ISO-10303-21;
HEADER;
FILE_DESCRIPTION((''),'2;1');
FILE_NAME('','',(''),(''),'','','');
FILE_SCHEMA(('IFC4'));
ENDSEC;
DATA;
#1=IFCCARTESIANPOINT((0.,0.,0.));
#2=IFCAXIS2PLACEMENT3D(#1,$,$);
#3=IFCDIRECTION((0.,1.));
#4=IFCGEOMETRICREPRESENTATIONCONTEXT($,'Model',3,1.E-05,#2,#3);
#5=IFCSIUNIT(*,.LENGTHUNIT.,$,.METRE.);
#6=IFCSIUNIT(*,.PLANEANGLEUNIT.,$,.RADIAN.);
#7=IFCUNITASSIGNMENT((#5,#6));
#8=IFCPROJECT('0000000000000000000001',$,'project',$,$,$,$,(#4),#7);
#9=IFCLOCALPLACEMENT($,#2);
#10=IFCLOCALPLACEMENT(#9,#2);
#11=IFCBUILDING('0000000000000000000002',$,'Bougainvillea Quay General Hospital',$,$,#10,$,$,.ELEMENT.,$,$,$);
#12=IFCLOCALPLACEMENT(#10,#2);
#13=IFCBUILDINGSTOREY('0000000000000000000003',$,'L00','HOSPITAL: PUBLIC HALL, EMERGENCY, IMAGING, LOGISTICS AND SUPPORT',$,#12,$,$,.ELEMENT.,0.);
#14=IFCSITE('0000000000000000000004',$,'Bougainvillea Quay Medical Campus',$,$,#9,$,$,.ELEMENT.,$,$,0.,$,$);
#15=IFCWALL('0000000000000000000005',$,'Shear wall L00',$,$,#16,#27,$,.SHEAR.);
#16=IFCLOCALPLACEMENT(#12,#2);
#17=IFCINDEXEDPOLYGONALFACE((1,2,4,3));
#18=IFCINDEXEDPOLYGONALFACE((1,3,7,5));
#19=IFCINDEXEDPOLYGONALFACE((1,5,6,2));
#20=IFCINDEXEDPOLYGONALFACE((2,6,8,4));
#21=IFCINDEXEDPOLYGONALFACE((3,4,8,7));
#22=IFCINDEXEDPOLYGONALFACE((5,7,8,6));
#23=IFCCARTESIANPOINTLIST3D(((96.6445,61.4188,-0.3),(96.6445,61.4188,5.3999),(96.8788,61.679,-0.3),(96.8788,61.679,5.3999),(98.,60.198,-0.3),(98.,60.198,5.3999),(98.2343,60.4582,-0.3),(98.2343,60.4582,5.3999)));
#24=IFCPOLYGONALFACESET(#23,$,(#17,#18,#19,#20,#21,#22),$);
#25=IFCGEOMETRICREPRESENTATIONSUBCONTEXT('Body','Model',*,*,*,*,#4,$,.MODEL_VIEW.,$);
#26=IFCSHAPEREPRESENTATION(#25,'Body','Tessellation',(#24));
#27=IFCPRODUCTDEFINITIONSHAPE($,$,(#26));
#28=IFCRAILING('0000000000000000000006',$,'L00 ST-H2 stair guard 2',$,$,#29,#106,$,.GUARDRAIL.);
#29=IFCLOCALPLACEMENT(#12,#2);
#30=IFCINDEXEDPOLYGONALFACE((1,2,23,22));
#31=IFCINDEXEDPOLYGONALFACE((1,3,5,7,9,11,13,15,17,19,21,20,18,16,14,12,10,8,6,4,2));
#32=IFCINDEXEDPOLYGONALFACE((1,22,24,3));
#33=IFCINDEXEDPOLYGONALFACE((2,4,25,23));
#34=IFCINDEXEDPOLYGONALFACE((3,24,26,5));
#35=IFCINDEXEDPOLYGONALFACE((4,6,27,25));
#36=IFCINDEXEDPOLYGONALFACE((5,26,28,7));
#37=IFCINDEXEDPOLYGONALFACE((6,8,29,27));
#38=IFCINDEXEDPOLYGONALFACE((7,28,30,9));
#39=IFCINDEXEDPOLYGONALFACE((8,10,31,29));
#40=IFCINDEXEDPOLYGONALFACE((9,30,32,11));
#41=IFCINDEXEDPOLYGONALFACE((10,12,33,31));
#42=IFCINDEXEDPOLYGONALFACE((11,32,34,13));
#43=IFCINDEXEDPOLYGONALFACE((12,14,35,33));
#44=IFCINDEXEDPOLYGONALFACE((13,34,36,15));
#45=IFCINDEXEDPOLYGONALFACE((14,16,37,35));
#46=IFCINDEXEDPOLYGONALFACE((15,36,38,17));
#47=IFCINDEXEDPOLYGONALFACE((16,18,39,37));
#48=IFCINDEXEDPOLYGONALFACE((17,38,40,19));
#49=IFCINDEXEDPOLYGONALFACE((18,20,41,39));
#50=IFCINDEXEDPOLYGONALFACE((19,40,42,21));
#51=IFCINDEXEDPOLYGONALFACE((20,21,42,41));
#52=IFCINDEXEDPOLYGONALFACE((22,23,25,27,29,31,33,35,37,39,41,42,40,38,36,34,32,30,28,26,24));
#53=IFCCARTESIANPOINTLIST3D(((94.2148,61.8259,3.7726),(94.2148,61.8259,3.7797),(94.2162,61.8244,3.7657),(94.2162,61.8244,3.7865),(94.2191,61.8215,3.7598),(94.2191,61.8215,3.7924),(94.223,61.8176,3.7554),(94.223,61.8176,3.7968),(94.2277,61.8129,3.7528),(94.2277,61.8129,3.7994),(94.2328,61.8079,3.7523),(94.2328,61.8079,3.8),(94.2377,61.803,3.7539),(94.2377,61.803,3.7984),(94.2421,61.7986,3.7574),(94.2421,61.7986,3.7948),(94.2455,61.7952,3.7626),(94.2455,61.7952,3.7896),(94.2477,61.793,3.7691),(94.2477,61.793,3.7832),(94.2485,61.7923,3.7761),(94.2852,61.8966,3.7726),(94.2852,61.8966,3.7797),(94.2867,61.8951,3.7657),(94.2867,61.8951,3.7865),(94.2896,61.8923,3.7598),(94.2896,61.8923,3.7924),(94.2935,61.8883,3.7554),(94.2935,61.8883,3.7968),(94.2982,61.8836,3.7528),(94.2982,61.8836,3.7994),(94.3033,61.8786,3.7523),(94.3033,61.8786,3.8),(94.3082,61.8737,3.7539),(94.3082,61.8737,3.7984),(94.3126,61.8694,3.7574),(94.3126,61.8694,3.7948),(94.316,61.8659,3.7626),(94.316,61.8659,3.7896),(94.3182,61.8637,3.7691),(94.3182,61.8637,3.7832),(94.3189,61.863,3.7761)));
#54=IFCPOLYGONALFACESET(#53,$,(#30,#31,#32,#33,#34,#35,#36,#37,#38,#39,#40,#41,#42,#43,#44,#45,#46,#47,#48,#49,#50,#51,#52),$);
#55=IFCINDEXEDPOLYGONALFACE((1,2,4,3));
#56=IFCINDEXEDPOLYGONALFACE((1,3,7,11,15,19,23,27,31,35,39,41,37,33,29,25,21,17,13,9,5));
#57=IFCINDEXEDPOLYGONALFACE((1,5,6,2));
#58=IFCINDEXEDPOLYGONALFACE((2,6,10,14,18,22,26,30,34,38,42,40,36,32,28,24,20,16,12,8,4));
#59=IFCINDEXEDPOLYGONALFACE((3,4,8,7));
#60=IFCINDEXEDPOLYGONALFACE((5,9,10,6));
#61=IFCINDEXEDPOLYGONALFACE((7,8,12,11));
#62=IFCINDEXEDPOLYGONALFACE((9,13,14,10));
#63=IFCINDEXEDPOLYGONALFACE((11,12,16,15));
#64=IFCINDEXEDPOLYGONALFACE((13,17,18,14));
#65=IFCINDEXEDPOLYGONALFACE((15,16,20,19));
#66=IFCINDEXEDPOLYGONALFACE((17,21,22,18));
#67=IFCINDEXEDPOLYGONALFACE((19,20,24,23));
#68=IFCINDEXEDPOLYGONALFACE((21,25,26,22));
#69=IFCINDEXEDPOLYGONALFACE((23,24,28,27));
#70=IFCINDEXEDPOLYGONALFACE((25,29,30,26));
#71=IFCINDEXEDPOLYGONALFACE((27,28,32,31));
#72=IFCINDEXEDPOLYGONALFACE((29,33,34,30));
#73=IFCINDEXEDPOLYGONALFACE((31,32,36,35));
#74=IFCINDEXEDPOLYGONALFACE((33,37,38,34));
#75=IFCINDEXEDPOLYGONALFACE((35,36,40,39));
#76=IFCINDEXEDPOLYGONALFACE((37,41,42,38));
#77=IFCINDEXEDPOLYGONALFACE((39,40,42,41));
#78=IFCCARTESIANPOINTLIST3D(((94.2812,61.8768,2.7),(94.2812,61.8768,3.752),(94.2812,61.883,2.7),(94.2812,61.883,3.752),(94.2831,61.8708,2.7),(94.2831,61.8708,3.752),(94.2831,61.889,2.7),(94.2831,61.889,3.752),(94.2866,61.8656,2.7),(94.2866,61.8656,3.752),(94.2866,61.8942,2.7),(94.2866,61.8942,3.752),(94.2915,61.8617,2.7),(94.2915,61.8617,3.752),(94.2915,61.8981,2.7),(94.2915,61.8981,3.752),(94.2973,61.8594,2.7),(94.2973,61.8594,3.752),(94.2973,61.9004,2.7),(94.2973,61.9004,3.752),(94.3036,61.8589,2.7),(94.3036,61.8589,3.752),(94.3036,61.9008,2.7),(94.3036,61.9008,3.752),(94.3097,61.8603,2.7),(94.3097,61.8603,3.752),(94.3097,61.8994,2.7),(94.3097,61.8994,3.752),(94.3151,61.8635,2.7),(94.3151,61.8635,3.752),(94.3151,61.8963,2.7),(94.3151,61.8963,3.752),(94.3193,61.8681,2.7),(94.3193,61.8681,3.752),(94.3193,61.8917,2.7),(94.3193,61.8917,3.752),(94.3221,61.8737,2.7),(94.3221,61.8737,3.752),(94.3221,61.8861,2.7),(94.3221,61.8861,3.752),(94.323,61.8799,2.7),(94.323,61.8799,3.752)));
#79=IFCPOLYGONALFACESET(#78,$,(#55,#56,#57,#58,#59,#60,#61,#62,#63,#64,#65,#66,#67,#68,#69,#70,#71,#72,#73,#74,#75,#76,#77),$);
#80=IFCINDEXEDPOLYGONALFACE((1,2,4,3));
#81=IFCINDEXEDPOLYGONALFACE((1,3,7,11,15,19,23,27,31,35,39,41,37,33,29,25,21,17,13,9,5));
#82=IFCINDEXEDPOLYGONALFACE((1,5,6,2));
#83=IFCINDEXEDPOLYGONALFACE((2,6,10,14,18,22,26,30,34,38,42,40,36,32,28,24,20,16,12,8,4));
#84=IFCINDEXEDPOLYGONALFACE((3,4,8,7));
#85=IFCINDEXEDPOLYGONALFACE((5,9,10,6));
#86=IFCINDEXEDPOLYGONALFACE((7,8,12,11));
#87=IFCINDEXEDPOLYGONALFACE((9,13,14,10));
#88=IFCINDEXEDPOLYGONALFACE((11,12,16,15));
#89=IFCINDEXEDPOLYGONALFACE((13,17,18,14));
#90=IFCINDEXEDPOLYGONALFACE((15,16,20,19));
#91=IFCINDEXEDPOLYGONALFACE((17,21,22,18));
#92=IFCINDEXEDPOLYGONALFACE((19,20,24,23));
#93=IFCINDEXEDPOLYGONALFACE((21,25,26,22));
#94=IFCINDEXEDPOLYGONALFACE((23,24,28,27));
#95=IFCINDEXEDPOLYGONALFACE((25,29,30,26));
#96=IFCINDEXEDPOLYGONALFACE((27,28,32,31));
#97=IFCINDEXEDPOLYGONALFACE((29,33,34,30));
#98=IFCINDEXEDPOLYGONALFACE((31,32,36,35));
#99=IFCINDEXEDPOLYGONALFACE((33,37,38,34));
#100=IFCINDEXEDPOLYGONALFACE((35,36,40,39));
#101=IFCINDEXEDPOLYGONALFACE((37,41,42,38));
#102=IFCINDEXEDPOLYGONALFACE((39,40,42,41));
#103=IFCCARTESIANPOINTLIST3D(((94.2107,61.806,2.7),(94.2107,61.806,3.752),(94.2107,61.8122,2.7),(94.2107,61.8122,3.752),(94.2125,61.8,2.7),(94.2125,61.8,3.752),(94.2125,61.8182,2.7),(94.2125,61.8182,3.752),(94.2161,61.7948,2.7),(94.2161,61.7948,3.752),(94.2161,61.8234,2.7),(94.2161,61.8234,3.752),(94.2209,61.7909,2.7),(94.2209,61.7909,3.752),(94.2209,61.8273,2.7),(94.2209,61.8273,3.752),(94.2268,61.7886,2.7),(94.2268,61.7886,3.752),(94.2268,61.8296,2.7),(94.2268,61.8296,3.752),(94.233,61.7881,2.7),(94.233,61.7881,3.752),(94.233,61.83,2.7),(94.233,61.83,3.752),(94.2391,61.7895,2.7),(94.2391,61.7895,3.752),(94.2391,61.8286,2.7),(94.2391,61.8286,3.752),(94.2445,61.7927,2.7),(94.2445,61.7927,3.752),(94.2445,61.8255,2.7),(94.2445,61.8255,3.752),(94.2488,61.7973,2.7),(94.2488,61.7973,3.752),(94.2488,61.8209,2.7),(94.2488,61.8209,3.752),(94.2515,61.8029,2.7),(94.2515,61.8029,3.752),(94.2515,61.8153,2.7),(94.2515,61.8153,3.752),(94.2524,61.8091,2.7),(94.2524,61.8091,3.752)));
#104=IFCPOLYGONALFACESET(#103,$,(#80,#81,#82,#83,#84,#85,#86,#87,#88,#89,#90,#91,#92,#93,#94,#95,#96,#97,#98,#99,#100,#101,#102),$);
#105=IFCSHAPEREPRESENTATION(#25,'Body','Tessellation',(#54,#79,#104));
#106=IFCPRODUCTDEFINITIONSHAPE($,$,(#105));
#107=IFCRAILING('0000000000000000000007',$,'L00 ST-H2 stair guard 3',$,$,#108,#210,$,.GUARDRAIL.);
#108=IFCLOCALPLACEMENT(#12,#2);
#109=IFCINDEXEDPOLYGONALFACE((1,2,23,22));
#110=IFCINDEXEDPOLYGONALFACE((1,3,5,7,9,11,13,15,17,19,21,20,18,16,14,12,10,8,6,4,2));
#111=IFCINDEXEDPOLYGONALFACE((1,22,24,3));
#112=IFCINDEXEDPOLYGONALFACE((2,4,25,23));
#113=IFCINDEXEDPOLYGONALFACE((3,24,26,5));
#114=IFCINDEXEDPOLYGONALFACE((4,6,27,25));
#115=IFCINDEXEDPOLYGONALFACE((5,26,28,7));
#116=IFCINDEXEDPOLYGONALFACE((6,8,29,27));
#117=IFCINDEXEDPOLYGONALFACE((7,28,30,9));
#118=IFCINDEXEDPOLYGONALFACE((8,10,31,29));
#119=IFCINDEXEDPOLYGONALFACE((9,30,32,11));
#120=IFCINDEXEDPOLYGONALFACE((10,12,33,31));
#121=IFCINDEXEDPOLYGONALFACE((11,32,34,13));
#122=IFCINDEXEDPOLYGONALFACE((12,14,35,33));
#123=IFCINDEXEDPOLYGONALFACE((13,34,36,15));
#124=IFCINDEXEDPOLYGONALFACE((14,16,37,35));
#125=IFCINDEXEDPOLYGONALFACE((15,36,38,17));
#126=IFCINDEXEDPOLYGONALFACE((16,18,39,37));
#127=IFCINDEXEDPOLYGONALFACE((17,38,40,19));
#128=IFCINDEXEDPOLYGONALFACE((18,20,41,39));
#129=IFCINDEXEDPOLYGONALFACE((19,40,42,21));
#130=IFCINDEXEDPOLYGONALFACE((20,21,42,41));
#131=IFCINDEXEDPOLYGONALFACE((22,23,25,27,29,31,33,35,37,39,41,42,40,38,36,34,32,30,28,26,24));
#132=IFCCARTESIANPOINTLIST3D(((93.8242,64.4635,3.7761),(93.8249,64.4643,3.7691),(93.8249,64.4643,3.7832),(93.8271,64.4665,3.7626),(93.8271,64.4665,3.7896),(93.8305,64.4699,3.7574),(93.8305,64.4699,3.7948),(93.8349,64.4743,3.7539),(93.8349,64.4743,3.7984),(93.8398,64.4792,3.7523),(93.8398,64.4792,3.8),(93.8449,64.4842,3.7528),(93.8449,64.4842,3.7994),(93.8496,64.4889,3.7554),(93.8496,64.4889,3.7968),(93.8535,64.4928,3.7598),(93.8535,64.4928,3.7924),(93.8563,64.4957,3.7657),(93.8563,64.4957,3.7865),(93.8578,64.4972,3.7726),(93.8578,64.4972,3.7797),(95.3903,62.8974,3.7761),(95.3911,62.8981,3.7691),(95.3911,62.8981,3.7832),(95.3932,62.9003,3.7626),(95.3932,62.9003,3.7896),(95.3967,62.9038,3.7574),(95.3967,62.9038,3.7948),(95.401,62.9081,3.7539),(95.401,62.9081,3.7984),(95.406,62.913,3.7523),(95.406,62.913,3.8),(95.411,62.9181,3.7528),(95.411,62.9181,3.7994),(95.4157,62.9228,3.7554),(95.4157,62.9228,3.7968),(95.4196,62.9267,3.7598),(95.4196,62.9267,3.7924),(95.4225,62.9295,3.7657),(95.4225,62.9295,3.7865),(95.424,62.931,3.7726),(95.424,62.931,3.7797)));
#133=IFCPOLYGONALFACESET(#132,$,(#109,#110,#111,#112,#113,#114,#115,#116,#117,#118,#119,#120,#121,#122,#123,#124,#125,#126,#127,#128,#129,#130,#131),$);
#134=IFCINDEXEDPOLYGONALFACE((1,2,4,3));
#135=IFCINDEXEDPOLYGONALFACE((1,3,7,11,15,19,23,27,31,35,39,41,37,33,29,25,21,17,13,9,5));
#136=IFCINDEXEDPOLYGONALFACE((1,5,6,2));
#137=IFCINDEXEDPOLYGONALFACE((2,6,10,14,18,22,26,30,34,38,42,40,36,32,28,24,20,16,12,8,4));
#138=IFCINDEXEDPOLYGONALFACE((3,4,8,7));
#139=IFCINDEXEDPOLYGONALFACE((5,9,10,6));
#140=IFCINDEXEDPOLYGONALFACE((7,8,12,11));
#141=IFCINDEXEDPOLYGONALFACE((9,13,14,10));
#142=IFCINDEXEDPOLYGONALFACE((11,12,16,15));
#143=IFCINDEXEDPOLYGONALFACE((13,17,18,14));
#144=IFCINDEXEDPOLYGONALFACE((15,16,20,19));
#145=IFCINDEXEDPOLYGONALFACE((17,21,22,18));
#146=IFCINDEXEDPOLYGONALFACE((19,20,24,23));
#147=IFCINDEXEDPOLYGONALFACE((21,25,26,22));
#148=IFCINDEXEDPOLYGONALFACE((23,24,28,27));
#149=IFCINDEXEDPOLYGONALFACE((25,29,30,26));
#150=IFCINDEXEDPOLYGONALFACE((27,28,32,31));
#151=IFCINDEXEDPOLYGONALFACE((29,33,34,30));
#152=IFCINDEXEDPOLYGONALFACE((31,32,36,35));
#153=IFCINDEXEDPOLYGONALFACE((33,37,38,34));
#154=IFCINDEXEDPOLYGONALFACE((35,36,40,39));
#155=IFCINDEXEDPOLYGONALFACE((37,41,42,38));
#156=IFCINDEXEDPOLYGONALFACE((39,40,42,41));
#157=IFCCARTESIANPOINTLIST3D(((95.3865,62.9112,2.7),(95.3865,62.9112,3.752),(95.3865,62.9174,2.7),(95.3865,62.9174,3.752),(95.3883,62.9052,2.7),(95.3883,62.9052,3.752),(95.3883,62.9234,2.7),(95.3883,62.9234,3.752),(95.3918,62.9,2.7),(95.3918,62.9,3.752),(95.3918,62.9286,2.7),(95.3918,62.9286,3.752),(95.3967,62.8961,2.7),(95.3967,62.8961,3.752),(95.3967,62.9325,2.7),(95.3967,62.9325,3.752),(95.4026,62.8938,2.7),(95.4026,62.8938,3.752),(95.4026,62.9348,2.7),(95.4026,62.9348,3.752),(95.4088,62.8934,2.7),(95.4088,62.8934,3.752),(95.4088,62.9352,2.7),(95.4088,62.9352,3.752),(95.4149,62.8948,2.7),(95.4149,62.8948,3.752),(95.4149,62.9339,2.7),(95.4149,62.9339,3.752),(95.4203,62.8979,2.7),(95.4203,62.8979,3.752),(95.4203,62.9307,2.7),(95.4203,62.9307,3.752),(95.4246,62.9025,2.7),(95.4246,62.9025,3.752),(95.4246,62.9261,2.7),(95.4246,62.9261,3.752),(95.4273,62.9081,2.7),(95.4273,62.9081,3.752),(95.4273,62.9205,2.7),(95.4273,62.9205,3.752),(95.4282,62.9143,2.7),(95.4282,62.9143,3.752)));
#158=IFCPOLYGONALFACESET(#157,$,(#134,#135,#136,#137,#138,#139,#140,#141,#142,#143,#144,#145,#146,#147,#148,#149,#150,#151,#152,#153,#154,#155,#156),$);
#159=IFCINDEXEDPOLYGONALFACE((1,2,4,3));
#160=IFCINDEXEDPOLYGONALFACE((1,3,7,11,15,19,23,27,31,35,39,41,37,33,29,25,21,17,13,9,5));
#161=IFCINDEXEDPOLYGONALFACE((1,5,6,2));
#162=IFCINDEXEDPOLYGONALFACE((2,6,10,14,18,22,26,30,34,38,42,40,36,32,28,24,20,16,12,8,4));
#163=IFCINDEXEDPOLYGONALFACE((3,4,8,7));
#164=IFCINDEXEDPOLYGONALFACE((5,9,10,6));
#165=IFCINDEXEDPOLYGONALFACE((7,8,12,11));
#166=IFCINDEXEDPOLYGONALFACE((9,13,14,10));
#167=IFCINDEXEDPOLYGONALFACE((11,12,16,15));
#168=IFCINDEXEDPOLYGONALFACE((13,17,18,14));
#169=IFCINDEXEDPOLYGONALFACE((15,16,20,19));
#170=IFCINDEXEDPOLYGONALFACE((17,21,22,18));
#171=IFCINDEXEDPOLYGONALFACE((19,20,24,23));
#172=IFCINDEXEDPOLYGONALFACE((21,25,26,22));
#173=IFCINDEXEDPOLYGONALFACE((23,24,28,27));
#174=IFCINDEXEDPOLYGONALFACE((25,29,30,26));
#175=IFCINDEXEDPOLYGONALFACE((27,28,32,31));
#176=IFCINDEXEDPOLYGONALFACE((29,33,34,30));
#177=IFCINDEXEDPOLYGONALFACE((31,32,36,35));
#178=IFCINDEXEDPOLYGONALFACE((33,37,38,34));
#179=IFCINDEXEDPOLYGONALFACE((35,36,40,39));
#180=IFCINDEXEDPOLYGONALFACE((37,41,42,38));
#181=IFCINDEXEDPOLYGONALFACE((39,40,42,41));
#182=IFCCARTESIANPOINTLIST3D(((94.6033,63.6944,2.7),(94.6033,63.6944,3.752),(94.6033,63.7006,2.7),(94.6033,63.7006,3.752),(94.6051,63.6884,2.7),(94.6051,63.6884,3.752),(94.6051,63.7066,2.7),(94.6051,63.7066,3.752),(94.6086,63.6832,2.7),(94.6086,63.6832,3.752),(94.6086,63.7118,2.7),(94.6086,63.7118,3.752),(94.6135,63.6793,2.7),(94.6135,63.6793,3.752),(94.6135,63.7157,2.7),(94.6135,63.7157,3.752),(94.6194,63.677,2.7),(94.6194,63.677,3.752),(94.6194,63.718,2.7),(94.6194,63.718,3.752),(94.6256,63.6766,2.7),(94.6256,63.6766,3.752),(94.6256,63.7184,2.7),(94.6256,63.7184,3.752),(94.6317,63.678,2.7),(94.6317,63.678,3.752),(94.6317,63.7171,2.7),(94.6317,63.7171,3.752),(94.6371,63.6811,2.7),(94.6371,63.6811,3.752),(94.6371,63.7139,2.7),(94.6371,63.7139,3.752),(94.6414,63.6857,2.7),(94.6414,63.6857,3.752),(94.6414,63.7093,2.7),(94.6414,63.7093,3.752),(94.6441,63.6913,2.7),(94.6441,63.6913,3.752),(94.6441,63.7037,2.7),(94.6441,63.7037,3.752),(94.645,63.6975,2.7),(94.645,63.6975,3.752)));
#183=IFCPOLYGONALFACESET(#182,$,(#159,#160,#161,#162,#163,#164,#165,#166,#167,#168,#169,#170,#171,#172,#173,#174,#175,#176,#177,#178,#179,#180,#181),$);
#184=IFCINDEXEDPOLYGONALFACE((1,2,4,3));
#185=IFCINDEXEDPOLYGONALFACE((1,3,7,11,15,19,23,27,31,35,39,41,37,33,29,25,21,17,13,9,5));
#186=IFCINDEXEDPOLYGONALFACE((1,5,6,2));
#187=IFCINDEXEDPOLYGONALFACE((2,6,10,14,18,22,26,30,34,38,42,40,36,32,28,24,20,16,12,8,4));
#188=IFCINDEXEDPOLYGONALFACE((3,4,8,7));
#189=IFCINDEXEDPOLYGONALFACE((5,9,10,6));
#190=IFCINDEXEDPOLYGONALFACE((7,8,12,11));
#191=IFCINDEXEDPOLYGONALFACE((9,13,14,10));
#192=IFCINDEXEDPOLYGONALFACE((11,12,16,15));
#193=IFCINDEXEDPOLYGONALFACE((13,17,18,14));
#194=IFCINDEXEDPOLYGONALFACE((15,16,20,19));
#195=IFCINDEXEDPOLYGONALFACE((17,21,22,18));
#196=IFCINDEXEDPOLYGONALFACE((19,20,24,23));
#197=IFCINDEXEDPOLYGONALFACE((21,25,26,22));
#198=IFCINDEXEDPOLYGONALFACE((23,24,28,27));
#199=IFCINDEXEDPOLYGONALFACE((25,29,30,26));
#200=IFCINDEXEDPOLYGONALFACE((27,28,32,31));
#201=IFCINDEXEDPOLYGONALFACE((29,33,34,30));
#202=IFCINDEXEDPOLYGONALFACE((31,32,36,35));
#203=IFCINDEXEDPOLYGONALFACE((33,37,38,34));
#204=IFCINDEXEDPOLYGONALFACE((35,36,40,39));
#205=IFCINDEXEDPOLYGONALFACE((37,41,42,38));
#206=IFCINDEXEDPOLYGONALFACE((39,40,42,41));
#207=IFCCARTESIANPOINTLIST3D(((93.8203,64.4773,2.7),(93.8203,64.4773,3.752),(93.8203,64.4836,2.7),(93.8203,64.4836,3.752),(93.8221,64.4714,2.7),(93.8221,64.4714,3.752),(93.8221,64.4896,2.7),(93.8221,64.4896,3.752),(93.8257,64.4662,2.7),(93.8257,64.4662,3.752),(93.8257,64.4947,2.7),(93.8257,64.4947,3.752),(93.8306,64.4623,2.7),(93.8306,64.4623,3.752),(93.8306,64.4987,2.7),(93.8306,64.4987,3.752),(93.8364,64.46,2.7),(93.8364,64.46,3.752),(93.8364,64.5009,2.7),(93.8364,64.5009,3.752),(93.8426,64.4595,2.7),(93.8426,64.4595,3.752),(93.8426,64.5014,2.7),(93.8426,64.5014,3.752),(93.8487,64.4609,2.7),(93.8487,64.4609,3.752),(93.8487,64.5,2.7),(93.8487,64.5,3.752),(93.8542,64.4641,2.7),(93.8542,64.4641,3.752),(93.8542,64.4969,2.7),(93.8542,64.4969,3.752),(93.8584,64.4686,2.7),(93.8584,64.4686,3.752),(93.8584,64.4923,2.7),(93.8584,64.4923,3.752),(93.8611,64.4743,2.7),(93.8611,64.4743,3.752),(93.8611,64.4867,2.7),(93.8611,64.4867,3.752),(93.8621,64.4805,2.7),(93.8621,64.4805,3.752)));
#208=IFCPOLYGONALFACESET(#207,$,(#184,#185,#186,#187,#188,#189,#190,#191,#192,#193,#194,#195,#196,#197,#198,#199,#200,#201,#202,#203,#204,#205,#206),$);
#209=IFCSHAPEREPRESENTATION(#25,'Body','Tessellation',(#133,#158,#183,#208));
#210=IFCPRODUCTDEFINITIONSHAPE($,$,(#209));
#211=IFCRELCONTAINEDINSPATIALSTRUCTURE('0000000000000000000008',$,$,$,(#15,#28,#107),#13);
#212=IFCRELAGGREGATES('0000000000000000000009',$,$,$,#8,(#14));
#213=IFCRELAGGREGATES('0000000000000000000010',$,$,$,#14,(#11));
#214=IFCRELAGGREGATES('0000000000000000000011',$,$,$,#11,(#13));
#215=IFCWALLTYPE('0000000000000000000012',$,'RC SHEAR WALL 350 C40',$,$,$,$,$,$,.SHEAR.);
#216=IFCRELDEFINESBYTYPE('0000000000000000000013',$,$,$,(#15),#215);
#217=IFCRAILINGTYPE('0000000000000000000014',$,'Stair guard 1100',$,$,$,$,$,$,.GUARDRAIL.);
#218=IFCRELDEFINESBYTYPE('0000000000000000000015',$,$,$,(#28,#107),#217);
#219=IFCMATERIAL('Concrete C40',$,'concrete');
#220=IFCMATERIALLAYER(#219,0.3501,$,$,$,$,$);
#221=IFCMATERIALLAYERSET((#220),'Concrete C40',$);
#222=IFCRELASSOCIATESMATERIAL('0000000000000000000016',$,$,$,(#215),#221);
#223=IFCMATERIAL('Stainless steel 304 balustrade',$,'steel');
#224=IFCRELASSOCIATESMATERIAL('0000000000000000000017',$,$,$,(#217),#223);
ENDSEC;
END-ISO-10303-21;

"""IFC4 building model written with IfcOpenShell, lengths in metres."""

from ifc_helpers import new_model, si_unit, direction, frame, frame_2d, origin, origin_2d, place, context, subcontext, project, spatial, rectangle, circle, extrude, material, layer, layer_set, type_object, element, save


model = new_model("IFC4")

# Units and contexts
model_context = context("Model", 3, precision=1e-05, world=origin(), true_north=direction((0.0, 1.0)))
body_context = subcontext(model_context, "Body", "Model", "MODEL_VIEW")
ifc_project = project(units=[si_unit("LENGTHUNIT", "METRE"), si_unit("PLANEANGLEUNIT", "RADIAN")], contexts=[model_context])

# Site, building, storey
site_placement = place(None, origin())
site = spatial("IfcSite", under=ifc_project, at=site_placement, Name="Bougainvillea Quay Medical Campus", CompositionType="ELEMENT", RefElevation=0.0)
building_placement = place(site_placement, origin())
building = spatial("IfcBuilding", under=site, at=building_placement, Name="Bougainvillea Quay General Hospital", CompositionType="ELEMENT")
storey_placement = place(building_placement, origin())
storey = spatial("IfcBuildingStorey", under=building, at=storey_placement, Name="L00", Description="HOSPITAL: PUBLIC HALL, EMERGENCY, IMAGING, LOGISTICS AND SUPPORT", CompositionType="ELEMENT", Elevation=0.0)

# Shared definitions
ifc_material_1 = material(Name="Concrete C40", Category="concrete")

# Wall
ifc_layer_1 = layer(ifc_material_1, 0.3501)
ifc_layer_set_1 = layer_set([ifc_layer_1], Name="Concrete C40")
wall_type_1 = type_object("IfcWallType", Name="RC SHEAR WALL 350 C40", PredefinedType="SHEAR", material=ifc_layer_set_1)
for number, where, z_axis, x_axis, name in (
    (1, (98.1172, 60.3281, -0.3), (0.0, 0.0, 1.0), (-0.743081, 0.669201, 0.0), "Shear wall L00"),
):
    element("IfcWall", number, at=place(storey_placement, frame(where, z_axis=z_axis, x_axis=x_axis)), inside=storey, type_object=wall_type_1, Name=name, PredefinedType="SHEAR", context=body_context, shape_type="SweptSolid", body=[
        extrude(rectangle(XDim=1.8242, YDim=0.3501, at=frame_2d((0.9121, 0.0))), origin(), (0.0, 0.0, 1.0), 5.7),
    ])

# Railings
ifc_material_2 = material(Name="Stainless steel 304 balustrade", Category="steel")
railing_type_1 = type_object("IfcRailingType", Name="Stair guard 1100", PredefinedType="GUARDRAIL", material=ifc_material_2)
railing_1_placement = place(storey_placement, frame((94.302, 61.8799, 2.7)))
element("IfcRailing", 2, at=railing_1_placement, inside=storey, type_object=railing_type_1, Name="L00 ST-H2 stair guard 2", PredefinedType="GUARDRAIL", context=body_context, shape_type="SweptSolid", body=[
    extrude(circle(Radius=0.0239, at=origin_2d()), frame((0.0, 0.0, 1.0762), z_axis=(-0.705884, -0.708327, 0.0), x_axis=(0.708327, -0.705884, 0.0)), (0.0, 0.0, 1.0), 0.0999),
    extrude(circle(Radius=0.021, at=origin_2d()), origin(), (0.0, 0.0, 1.0), 1.052),
    extrude(circle(Radius=0.021, at=origin_2d()), frame((-0.0706, -0.0708, 0.0)), (0.0, 0.0, 1.0), 1.052),
])
railing_2_placement = place(storey_placement, frame((95.4072, 62.9143, 2.7)))
element("IfcRailing", 3, at=railing_2_placement, inside=storey, type_object=railing_type_1, Name="L00 ST-H2 stair guard 3", PredefinedType="GUARDRAIL", context=body_context, shape_type="SweptSolid", body=[
    extrude(circle(Radius=0.0239, at=origin_2d()), frame((0.0, 0.0, 1.0762), z_axis=(-0.707107, 0.707107, 0.0), x_axis=(-0.707107, -0.707107, 0.0)), (0.0, 0.0, 1.0), 2.2148),
    extrude(circle(Radius=0.021, at=origin_2d()), origin(), (0.0, 0.0, 1.0), 1.052),
    extrude(circle(Radius=0.021, at=origin_2d()), frame((-0.7832, 0.7832, 0.0)), (0.0, 0.0, 1.0), 1.052),
    extrude(circle(Radius=0.021, at=origin_2d()), frame((-1.5662, 1.5662, 0.0)), (0.0, 0.0, 1.0), 1.052),
])

save(model, "model.ifc")
